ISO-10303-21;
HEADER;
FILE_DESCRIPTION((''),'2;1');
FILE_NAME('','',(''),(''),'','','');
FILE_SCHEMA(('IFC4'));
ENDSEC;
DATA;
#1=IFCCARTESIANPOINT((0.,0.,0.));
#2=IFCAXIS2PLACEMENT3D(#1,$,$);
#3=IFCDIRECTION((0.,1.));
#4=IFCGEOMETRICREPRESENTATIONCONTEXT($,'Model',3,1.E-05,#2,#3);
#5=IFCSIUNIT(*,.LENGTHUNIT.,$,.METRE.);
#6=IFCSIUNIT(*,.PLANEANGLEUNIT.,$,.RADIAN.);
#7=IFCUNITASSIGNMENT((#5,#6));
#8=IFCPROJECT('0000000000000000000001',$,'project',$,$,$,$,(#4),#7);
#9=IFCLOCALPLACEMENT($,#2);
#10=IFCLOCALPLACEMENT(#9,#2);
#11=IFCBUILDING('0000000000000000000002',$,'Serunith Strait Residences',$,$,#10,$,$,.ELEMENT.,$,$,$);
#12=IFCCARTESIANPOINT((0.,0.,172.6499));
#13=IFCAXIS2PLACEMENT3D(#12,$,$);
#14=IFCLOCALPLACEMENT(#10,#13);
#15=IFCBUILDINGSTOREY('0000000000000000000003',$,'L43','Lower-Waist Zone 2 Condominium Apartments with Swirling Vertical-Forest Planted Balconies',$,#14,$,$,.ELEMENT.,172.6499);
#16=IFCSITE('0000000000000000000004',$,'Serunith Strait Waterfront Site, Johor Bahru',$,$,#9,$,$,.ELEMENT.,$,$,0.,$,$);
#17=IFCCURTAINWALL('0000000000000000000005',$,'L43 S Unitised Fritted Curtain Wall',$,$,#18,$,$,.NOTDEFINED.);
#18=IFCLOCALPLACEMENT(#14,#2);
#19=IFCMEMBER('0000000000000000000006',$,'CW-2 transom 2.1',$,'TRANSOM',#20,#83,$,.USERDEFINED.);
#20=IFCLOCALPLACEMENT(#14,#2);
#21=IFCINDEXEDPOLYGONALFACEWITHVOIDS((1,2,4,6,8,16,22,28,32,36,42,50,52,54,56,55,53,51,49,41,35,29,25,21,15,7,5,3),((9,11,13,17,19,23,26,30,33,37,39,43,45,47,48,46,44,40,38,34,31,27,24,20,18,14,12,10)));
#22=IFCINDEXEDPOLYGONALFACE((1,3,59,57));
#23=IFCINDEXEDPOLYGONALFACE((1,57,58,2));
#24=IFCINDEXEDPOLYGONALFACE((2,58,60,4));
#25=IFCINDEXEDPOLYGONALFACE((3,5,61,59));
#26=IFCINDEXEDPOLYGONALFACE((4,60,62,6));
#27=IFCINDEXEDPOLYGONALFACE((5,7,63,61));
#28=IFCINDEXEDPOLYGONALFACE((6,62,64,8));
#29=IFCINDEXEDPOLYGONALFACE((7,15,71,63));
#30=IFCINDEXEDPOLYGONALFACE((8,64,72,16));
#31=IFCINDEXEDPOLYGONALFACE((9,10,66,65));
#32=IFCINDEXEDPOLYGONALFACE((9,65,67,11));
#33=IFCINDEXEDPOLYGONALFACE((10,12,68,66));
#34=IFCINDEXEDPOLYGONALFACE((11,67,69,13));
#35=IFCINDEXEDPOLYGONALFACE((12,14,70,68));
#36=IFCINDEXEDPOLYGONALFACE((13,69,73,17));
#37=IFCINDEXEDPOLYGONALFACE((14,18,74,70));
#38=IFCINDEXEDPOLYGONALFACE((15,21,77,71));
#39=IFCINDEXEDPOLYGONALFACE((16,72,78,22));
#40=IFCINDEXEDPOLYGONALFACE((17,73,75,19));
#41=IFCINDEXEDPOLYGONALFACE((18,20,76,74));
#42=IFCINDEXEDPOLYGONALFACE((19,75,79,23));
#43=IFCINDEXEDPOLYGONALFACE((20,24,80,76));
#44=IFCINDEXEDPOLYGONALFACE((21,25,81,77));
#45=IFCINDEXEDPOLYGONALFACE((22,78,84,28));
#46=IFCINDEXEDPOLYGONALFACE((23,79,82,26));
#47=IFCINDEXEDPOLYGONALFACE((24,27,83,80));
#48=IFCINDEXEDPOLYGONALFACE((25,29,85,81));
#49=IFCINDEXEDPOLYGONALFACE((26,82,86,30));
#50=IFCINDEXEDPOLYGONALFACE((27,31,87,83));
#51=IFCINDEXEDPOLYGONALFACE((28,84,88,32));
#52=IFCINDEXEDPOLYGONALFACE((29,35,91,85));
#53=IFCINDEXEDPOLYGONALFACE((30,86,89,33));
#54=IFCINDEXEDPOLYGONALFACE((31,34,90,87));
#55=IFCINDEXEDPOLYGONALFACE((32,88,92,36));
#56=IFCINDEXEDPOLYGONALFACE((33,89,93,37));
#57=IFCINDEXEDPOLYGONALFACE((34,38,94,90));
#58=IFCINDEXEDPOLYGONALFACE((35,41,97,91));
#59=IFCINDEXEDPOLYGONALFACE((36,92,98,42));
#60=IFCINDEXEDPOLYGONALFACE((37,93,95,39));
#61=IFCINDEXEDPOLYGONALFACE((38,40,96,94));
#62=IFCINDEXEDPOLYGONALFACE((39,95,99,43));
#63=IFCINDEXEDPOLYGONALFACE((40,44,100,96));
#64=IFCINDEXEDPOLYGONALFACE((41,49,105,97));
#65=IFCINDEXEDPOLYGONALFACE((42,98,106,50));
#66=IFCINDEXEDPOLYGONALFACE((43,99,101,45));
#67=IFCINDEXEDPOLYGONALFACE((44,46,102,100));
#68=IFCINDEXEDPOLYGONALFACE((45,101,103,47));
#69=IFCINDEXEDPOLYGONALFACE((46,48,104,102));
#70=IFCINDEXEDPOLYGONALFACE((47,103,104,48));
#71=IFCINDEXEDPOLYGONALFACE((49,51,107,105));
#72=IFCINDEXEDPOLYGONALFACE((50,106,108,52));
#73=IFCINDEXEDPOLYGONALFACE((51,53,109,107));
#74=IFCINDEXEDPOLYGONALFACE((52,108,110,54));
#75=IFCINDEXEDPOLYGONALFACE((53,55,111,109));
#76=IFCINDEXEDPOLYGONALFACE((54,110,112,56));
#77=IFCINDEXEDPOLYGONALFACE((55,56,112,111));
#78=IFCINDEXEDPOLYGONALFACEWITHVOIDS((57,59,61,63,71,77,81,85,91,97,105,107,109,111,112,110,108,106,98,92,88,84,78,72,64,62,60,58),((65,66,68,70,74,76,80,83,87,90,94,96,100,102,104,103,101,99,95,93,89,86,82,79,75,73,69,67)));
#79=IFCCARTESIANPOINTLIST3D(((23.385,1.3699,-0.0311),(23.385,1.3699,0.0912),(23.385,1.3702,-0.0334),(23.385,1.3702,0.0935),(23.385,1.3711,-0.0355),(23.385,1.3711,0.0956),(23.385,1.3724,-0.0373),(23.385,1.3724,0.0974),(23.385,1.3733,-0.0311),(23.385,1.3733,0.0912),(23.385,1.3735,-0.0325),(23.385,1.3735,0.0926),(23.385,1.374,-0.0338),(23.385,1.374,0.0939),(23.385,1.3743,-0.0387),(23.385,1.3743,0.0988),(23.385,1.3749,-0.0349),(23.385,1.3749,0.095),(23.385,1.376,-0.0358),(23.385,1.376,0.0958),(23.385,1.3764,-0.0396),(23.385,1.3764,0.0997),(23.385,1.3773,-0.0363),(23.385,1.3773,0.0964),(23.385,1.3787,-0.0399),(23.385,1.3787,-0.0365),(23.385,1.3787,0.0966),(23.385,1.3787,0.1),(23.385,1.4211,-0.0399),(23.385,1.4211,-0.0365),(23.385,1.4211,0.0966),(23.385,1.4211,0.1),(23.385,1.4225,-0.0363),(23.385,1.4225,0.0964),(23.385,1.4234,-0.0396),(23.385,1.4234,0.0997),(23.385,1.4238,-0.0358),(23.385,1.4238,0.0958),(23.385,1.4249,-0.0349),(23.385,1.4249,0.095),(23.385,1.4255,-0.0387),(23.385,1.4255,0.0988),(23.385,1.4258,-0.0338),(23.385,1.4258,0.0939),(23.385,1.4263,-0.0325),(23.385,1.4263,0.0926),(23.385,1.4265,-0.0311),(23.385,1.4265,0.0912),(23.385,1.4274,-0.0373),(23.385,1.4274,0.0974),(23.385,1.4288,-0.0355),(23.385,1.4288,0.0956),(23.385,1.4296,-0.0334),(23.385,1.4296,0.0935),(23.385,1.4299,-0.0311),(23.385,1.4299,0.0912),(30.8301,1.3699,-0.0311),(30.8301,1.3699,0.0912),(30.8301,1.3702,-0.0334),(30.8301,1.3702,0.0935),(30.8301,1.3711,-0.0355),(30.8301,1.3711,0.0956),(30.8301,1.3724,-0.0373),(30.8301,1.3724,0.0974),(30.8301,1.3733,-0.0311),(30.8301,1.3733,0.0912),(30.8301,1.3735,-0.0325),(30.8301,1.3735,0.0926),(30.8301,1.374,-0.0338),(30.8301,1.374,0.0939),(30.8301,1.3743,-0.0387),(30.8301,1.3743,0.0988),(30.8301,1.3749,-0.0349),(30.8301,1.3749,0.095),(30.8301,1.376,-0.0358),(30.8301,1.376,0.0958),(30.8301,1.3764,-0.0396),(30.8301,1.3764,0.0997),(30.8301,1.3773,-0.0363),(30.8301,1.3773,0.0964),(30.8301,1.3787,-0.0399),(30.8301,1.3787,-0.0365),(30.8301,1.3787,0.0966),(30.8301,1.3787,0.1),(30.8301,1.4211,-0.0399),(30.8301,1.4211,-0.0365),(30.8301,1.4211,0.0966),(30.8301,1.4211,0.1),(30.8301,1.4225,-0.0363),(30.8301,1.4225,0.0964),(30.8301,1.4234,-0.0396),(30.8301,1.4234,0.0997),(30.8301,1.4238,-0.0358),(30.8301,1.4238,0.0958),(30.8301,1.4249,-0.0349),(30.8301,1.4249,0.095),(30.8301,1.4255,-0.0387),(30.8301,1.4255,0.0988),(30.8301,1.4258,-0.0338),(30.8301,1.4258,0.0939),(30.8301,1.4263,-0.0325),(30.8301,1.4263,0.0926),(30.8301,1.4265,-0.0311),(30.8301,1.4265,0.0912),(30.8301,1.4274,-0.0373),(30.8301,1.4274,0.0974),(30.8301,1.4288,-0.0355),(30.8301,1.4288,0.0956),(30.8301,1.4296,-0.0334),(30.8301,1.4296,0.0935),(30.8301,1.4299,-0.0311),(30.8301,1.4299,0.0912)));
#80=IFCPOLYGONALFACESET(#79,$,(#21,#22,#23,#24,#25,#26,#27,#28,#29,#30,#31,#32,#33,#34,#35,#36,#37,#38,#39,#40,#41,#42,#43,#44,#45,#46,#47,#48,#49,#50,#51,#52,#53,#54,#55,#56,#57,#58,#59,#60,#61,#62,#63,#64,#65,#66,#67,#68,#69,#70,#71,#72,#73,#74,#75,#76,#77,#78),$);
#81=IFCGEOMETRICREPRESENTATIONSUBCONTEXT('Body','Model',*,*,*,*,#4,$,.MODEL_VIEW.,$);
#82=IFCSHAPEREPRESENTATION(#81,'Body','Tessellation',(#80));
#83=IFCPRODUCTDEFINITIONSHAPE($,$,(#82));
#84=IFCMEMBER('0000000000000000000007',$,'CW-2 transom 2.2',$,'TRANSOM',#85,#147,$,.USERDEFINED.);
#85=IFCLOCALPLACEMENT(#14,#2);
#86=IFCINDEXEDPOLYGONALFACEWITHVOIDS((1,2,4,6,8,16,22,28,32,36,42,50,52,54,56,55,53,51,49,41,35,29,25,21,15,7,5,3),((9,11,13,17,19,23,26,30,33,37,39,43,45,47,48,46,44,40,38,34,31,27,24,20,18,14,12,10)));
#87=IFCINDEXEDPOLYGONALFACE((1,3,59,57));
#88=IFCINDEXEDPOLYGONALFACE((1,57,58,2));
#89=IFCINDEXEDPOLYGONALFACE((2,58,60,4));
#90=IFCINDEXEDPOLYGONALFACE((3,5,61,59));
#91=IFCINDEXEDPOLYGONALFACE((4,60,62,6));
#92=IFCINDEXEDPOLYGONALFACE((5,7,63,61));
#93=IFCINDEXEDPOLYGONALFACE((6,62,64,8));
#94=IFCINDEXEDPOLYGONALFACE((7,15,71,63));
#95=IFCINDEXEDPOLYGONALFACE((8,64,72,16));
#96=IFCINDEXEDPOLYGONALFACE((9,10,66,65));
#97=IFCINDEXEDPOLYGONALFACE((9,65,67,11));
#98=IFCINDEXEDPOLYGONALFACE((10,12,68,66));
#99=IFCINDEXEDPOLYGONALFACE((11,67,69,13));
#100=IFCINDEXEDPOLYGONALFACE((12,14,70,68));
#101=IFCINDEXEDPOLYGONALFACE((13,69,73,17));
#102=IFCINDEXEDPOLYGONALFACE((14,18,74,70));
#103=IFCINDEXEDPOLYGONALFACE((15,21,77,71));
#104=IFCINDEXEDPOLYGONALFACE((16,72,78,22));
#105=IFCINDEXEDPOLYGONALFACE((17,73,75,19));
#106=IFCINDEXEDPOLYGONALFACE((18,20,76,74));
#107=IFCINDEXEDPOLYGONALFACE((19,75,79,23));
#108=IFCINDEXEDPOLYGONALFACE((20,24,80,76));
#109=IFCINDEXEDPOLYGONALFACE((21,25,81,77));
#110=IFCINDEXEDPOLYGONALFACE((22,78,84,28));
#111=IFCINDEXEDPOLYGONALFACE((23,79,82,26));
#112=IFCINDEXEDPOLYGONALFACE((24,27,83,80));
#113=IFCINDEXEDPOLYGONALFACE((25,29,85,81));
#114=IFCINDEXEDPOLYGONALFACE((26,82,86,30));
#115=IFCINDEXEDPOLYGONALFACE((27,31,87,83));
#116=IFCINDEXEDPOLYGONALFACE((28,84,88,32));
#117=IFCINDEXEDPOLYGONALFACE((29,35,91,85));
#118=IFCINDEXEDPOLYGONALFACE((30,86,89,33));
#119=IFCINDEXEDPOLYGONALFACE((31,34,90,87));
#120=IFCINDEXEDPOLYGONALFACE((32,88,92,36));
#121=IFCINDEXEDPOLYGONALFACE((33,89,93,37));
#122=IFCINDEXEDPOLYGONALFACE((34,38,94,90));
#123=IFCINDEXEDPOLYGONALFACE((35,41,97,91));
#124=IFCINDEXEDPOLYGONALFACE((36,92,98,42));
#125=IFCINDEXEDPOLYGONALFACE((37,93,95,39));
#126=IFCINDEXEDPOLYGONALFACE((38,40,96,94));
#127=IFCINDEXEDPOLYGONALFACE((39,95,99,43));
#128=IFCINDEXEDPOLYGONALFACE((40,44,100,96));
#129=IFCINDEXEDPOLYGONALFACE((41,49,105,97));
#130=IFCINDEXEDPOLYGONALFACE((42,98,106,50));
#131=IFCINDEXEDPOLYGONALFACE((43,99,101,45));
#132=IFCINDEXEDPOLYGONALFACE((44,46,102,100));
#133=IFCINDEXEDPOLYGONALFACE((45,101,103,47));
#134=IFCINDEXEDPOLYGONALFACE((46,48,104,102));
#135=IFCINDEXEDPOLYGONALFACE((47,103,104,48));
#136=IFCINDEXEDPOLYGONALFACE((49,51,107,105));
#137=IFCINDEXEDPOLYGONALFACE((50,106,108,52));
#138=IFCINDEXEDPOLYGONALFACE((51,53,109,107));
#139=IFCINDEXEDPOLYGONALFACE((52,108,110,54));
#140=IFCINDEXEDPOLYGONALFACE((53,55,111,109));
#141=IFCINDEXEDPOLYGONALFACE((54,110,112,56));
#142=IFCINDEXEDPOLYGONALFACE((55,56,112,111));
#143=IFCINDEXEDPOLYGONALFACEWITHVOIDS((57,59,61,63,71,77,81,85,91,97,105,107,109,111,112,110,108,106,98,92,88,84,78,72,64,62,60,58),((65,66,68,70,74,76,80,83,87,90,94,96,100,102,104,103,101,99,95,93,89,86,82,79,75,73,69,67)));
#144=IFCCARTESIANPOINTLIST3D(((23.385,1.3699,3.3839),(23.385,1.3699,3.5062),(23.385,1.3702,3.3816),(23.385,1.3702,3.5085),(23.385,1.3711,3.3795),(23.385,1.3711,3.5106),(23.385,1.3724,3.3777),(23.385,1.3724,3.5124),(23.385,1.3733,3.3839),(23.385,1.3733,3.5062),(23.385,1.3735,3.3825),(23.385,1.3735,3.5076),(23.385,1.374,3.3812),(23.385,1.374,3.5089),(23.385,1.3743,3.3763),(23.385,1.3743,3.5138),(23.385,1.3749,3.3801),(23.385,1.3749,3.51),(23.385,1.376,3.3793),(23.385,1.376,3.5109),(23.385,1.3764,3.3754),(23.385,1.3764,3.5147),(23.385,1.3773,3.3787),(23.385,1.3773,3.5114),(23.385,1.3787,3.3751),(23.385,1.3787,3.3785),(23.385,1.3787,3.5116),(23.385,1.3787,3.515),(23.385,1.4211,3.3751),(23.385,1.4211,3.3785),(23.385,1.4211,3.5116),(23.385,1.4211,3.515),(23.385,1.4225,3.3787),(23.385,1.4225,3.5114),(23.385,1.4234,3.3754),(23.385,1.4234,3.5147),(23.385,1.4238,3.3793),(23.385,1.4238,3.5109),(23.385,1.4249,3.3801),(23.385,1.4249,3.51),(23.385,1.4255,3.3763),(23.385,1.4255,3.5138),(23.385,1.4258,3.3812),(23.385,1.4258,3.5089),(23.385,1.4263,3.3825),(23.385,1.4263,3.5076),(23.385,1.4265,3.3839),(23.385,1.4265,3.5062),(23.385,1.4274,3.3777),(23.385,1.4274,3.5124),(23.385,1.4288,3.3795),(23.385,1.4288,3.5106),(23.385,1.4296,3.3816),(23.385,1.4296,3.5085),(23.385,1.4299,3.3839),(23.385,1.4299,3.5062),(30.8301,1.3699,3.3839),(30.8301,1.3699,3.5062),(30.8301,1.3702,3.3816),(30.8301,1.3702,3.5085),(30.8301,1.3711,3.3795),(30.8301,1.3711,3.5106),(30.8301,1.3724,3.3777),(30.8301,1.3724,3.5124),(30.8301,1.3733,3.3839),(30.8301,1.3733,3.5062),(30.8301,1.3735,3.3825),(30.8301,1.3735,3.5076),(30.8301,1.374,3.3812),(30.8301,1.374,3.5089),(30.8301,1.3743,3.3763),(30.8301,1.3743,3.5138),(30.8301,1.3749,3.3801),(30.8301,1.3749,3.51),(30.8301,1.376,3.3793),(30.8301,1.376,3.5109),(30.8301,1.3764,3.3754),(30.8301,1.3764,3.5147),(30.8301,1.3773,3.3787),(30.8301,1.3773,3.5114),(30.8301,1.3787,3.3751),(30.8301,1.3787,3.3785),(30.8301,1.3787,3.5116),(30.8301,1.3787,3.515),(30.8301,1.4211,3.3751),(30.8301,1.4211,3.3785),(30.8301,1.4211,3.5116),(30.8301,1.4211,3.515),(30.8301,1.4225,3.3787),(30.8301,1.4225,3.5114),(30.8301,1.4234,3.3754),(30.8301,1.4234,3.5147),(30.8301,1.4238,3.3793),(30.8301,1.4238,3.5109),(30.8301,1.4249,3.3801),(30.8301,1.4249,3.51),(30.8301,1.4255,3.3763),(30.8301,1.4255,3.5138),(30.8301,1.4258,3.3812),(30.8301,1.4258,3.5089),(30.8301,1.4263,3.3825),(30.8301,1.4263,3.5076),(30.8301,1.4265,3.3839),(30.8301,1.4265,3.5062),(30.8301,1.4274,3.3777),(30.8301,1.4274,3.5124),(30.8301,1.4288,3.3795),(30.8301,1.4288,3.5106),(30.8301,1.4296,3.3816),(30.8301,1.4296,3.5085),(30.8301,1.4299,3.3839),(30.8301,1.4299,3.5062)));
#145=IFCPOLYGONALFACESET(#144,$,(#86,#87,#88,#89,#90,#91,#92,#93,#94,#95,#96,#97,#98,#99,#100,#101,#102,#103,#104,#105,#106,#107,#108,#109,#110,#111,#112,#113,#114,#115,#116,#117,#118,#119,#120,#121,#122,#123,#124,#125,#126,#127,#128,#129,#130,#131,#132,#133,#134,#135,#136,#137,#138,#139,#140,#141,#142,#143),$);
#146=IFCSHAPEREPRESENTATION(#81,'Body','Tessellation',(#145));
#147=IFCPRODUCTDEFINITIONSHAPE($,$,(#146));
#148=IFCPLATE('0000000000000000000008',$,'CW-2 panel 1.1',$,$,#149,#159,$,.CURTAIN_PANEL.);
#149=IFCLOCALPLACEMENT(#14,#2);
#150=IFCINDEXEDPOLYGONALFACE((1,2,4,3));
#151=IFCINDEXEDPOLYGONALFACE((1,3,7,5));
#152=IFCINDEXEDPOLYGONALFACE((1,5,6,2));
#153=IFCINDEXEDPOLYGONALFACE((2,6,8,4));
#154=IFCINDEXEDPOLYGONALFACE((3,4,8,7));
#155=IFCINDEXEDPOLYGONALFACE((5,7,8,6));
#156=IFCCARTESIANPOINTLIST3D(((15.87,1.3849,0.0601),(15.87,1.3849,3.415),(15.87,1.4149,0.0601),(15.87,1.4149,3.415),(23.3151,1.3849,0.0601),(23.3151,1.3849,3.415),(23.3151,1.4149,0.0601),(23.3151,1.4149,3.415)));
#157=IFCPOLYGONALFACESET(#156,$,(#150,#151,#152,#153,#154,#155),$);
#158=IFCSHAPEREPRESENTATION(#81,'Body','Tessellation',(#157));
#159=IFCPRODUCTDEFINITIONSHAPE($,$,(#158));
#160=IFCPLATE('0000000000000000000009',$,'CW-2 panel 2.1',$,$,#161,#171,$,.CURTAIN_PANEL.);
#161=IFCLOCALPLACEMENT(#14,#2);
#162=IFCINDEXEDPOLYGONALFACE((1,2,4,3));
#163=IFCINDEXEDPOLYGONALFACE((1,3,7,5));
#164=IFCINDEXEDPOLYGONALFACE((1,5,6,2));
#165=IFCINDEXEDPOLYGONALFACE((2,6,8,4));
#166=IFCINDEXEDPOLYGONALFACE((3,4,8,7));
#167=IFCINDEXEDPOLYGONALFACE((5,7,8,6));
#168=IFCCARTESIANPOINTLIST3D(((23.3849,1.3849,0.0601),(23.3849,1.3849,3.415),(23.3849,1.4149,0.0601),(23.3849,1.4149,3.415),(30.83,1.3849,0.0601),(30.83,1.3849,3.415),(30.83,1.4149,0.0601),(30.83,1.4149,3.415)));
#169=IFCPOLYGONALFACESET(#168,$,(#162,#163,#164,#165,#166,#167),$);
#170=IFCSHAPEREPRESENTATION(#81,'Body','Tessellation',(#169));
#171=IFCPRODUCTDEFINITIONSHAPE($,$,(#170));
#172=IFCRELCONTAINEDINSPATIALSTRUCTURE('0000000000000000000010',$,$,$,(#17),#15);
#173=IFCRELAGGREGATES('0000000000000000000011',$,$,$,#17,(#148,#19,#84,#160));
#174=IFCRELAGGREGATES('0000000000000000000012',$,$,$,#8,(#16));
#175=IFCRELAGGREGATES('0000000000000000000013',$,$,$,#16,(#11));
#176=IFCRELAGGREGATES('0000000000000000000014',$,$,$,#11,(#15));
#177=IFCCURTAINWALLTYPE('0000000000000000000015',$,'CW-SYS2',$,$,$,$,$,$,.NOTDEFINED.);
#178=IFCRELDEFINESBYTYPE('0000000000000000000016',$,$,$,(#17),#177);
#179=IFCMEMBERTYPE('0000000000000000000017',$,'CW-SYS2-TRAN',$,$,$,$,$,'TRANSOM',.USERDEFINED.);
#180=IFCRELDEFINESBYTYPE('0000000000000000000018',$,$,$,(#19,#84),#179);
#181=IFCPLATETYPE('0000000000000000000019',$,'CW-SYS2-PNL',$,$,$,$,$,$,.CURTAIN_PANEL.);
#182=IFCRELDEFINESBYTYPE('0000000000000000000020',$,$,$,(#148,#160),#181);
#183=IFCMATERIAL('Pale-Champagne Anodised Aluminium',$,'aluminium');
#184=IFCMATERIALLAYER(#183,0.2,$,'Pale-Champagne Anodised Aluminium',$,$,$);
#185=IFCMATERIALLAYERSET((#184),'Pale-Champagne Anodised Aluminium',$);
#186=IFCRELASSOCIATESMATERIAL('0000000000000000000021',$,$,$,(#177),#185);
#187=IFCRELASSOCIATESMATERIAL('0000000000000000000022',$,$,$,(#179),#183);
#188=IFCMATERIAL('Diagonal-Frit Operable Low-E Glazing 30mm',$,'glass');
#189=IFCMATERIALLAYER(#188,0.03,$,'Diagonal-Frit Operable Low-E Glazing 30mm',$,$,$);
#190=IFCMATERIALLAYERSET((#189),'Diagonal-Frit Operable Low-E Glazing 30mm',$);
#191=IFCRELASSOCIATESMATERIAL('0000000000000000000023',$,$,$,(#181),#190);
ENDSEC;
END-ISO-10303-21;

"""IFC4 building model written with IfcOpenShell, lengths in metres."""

from ifc_helpers import new_model, si_unit, direction, frame, origin, origin_2d, place, context, subcontext, project, spatial, rectangle, hollow_rectangle, extrude, source, transform, mapped, material, layer, layer_set, material_profile, profile_set, type_object, element, aggregate, save


model = new_model("IFC4")

# Units and contexts
model_context = context("Model", 3, precision=1e-05, world=origin(), true_north=direction((0.0, 1.0)))
body_context = subcontext(model_context, "Body", "Model", "MODEL_VIEW")
ifc_project = project(units=[si_unit("LENGTHUNIT", "METRE"), si_unit("PLANEANGLEUNIT", "RADIAN")], contexts=[model_context])

# Site, building, storey
site_placement = place(None, origin())
site = spatial("IfcSite", under=ifc_project, at=site_placement, Name="Serunith Strait Waterfront Site, Johor Bahru", CompositionType="ELEMENT", RefElevation=0.0)
building_placement = place(site_placement, origin())
building = spatial("IfcBuilding", under=site, at=building_placement, Name="Serunith Strait Residences", CompositionType="ELEMENT")
storey_placement = place(building_placement, frame((0.0, 0.0, 172.6499)))
storey = spatial("IfcBuildingStorey", under=building, at=storey_placement, Name="L43", Description="Lower-Waist Zone 2 Condominium Apartments with Swirling Vertical-Forest Planted Balconies", CompositionType="ELEMENT", Elevation=172.6499)

# Curtain wall, members, plates
ifc_material_1 = material(Name="Pale-Champagne Anodised Aluminium", Category="aluminium")
ifc_layer_1 = layer(ifc_material_1, 0.2, Name="Pale-Champagne Anodised Aluminium")
ifc_layer_set_1 = layer_set([ifc_layer_1], Name="Pale-Champagne Anodised Aluminium")
curtain_wall_type = type_object("IfcCurtainWallType", Name="CW-SYS2", PredefinedType="NOTDEFINED", material=ifc_layer_set_1)
curtain_wall_placement = place(storey_placement, origin())
curtain_wall = element("IfcCurtainWall", 1, at=curtain_wall_placement, inside=storey, type_object=curtain_wall_type, Name="L43 S Unitised Fritted Curtain Wall", PredefinedType="NOTDEFINED")
ifc_material_profile_1 = material_profile(ifc_material_1, hollow_rectangle(XDim=0.0601, YDim=0.1399, WallThickness=0.0034, InnerFilletRadius=0.0054, OuterFilletRadius=0.0088, at=origin_2d()), Name="ALU 140x60x3.5")
ifc_profile_set_1 = profile_set([ifc_material_profile_1], Name="Pale-Champagne Anodised Aluminium")
member_type_1 = type_object("IfcMemberType", Name="CW-SYS2-TRAN", ElementType="TRANSOM", PredefinedType="USERDEFINED", material=ifc_profile_set_1)
shared_shape_1 = source(origin(), body_context, "Body", "SweptSolid", [
    extrude(hollow_rectangle(XDim=0.0601, YDim=0.1399, WallThickness=0.0034, InnerFilletRadius=0.0054, OuterFilletRadius=0.0088, at=origin_2d()), origin(), (0.0, 0.0, 1.0), 7.4451),
])
member_1_placement = place(storey_placement, frame((23.385, 1.3999, 0.03), z_axis=(1.0, 0.0, 0.0), x_axis=(0.0, 1.0, 0.0)))
member_1 = element("IfcMember", 2, at=member_1_placement, type_object=member_type_1, Name="CW-2 transom 2.1", ObjectType="TRANSOM", PredefinedType="USERDEFINED", context=body_context, shape_type="MappedRepresentation", body=[
    mapped(shared_shape_1, transform((0.0, 0.0, 0.0), scale=1.0)),
])
member_2_placement = place(storey_placement, frame((23.385, 1.3999, 3.4451), z_axis=(1.0, 0.0, 0.0), x_axis=(0.0, 1.0, 0.0)))
member_2 = element("IfcMember", 3, at=member_2_placement, type_object=member_type_1, Name="CW-2 transom 2.2", ObjectType="TRANSOM", PredefinedType="USERDEFINED", context=body_context, shape_type="MappedRepresentation", body=[
    mapped(shared_shape_1, transform((0.0, 0.0, 0.0), scale=1.0)),
])
ifc_material_2 = material(Name="Diagonal-Frit Operable Low-E Glazing 30mm", Category="glass")
ifc_layer_2 = layer(ifc_material_2, 0.03, Name="Diagonal-Frit Operable Low-E Glazing 30mm")
ifc_layer_set_2 = layer_set([ifc_layer_2], Name="Diagonal-Frit Operable Low-E Glazing 30mm")
plate_type = type_object("IfcPlateType", Name="CW-SYS2-PNL", PredefinedType="CURTAIN_PANEL", material=ifc_layer_set_2)
shared_shape_2 = source(origin(), body_context, "Body", "SweptSolid", [
    extrude(rectangle(XDim=7.4451, YDim=0.03, at=origin_2d()), origin(), (0.0, 0.0, 1.0), 3.355),
])
plate_1_placement = place(storey_placement, frame((19.5925, 1.3999, 0.0601), z_axis=(0.0, 0.0, 1.0), x_axis=(1.0, 0.0, 0.0)))
plate_1 = element("IfcPlate", 4, at=plate_1_placement, type_object=plate_type, Name="CW-2 panel 1.1", PredefinedType="CURTAIN_PANEL", context=body_context, shape_type="MappedRepresentation", body=[
    mapped(shared_shape_2, transform((0.0, 0.0, 0.0), scale=1.0)),
])
plate_2_placement = place(storey_placement, frame((27.1074, 1.3999, 0.0601), z_axis=(0.0, 0.0, 1.0), x_axis=(1.0, 0.0, 0.0)))
plate_2 = element("IfcPlate", 5, at=plate_2_placement, type_object=plate_type, Name="CW-2 panel 2.1", PredefinedType="CURTAIN_PANEL", context=body_context, shape_type="MappedRepresentation", body=[
    mapped(shared_shape_2, transform((0.0, 0.0, 0.0), scale=1.0)),
])
aggregate(curtain_wall, [plate_1, member_1, member_2, plate_2])

save(model, "model.ifc")
